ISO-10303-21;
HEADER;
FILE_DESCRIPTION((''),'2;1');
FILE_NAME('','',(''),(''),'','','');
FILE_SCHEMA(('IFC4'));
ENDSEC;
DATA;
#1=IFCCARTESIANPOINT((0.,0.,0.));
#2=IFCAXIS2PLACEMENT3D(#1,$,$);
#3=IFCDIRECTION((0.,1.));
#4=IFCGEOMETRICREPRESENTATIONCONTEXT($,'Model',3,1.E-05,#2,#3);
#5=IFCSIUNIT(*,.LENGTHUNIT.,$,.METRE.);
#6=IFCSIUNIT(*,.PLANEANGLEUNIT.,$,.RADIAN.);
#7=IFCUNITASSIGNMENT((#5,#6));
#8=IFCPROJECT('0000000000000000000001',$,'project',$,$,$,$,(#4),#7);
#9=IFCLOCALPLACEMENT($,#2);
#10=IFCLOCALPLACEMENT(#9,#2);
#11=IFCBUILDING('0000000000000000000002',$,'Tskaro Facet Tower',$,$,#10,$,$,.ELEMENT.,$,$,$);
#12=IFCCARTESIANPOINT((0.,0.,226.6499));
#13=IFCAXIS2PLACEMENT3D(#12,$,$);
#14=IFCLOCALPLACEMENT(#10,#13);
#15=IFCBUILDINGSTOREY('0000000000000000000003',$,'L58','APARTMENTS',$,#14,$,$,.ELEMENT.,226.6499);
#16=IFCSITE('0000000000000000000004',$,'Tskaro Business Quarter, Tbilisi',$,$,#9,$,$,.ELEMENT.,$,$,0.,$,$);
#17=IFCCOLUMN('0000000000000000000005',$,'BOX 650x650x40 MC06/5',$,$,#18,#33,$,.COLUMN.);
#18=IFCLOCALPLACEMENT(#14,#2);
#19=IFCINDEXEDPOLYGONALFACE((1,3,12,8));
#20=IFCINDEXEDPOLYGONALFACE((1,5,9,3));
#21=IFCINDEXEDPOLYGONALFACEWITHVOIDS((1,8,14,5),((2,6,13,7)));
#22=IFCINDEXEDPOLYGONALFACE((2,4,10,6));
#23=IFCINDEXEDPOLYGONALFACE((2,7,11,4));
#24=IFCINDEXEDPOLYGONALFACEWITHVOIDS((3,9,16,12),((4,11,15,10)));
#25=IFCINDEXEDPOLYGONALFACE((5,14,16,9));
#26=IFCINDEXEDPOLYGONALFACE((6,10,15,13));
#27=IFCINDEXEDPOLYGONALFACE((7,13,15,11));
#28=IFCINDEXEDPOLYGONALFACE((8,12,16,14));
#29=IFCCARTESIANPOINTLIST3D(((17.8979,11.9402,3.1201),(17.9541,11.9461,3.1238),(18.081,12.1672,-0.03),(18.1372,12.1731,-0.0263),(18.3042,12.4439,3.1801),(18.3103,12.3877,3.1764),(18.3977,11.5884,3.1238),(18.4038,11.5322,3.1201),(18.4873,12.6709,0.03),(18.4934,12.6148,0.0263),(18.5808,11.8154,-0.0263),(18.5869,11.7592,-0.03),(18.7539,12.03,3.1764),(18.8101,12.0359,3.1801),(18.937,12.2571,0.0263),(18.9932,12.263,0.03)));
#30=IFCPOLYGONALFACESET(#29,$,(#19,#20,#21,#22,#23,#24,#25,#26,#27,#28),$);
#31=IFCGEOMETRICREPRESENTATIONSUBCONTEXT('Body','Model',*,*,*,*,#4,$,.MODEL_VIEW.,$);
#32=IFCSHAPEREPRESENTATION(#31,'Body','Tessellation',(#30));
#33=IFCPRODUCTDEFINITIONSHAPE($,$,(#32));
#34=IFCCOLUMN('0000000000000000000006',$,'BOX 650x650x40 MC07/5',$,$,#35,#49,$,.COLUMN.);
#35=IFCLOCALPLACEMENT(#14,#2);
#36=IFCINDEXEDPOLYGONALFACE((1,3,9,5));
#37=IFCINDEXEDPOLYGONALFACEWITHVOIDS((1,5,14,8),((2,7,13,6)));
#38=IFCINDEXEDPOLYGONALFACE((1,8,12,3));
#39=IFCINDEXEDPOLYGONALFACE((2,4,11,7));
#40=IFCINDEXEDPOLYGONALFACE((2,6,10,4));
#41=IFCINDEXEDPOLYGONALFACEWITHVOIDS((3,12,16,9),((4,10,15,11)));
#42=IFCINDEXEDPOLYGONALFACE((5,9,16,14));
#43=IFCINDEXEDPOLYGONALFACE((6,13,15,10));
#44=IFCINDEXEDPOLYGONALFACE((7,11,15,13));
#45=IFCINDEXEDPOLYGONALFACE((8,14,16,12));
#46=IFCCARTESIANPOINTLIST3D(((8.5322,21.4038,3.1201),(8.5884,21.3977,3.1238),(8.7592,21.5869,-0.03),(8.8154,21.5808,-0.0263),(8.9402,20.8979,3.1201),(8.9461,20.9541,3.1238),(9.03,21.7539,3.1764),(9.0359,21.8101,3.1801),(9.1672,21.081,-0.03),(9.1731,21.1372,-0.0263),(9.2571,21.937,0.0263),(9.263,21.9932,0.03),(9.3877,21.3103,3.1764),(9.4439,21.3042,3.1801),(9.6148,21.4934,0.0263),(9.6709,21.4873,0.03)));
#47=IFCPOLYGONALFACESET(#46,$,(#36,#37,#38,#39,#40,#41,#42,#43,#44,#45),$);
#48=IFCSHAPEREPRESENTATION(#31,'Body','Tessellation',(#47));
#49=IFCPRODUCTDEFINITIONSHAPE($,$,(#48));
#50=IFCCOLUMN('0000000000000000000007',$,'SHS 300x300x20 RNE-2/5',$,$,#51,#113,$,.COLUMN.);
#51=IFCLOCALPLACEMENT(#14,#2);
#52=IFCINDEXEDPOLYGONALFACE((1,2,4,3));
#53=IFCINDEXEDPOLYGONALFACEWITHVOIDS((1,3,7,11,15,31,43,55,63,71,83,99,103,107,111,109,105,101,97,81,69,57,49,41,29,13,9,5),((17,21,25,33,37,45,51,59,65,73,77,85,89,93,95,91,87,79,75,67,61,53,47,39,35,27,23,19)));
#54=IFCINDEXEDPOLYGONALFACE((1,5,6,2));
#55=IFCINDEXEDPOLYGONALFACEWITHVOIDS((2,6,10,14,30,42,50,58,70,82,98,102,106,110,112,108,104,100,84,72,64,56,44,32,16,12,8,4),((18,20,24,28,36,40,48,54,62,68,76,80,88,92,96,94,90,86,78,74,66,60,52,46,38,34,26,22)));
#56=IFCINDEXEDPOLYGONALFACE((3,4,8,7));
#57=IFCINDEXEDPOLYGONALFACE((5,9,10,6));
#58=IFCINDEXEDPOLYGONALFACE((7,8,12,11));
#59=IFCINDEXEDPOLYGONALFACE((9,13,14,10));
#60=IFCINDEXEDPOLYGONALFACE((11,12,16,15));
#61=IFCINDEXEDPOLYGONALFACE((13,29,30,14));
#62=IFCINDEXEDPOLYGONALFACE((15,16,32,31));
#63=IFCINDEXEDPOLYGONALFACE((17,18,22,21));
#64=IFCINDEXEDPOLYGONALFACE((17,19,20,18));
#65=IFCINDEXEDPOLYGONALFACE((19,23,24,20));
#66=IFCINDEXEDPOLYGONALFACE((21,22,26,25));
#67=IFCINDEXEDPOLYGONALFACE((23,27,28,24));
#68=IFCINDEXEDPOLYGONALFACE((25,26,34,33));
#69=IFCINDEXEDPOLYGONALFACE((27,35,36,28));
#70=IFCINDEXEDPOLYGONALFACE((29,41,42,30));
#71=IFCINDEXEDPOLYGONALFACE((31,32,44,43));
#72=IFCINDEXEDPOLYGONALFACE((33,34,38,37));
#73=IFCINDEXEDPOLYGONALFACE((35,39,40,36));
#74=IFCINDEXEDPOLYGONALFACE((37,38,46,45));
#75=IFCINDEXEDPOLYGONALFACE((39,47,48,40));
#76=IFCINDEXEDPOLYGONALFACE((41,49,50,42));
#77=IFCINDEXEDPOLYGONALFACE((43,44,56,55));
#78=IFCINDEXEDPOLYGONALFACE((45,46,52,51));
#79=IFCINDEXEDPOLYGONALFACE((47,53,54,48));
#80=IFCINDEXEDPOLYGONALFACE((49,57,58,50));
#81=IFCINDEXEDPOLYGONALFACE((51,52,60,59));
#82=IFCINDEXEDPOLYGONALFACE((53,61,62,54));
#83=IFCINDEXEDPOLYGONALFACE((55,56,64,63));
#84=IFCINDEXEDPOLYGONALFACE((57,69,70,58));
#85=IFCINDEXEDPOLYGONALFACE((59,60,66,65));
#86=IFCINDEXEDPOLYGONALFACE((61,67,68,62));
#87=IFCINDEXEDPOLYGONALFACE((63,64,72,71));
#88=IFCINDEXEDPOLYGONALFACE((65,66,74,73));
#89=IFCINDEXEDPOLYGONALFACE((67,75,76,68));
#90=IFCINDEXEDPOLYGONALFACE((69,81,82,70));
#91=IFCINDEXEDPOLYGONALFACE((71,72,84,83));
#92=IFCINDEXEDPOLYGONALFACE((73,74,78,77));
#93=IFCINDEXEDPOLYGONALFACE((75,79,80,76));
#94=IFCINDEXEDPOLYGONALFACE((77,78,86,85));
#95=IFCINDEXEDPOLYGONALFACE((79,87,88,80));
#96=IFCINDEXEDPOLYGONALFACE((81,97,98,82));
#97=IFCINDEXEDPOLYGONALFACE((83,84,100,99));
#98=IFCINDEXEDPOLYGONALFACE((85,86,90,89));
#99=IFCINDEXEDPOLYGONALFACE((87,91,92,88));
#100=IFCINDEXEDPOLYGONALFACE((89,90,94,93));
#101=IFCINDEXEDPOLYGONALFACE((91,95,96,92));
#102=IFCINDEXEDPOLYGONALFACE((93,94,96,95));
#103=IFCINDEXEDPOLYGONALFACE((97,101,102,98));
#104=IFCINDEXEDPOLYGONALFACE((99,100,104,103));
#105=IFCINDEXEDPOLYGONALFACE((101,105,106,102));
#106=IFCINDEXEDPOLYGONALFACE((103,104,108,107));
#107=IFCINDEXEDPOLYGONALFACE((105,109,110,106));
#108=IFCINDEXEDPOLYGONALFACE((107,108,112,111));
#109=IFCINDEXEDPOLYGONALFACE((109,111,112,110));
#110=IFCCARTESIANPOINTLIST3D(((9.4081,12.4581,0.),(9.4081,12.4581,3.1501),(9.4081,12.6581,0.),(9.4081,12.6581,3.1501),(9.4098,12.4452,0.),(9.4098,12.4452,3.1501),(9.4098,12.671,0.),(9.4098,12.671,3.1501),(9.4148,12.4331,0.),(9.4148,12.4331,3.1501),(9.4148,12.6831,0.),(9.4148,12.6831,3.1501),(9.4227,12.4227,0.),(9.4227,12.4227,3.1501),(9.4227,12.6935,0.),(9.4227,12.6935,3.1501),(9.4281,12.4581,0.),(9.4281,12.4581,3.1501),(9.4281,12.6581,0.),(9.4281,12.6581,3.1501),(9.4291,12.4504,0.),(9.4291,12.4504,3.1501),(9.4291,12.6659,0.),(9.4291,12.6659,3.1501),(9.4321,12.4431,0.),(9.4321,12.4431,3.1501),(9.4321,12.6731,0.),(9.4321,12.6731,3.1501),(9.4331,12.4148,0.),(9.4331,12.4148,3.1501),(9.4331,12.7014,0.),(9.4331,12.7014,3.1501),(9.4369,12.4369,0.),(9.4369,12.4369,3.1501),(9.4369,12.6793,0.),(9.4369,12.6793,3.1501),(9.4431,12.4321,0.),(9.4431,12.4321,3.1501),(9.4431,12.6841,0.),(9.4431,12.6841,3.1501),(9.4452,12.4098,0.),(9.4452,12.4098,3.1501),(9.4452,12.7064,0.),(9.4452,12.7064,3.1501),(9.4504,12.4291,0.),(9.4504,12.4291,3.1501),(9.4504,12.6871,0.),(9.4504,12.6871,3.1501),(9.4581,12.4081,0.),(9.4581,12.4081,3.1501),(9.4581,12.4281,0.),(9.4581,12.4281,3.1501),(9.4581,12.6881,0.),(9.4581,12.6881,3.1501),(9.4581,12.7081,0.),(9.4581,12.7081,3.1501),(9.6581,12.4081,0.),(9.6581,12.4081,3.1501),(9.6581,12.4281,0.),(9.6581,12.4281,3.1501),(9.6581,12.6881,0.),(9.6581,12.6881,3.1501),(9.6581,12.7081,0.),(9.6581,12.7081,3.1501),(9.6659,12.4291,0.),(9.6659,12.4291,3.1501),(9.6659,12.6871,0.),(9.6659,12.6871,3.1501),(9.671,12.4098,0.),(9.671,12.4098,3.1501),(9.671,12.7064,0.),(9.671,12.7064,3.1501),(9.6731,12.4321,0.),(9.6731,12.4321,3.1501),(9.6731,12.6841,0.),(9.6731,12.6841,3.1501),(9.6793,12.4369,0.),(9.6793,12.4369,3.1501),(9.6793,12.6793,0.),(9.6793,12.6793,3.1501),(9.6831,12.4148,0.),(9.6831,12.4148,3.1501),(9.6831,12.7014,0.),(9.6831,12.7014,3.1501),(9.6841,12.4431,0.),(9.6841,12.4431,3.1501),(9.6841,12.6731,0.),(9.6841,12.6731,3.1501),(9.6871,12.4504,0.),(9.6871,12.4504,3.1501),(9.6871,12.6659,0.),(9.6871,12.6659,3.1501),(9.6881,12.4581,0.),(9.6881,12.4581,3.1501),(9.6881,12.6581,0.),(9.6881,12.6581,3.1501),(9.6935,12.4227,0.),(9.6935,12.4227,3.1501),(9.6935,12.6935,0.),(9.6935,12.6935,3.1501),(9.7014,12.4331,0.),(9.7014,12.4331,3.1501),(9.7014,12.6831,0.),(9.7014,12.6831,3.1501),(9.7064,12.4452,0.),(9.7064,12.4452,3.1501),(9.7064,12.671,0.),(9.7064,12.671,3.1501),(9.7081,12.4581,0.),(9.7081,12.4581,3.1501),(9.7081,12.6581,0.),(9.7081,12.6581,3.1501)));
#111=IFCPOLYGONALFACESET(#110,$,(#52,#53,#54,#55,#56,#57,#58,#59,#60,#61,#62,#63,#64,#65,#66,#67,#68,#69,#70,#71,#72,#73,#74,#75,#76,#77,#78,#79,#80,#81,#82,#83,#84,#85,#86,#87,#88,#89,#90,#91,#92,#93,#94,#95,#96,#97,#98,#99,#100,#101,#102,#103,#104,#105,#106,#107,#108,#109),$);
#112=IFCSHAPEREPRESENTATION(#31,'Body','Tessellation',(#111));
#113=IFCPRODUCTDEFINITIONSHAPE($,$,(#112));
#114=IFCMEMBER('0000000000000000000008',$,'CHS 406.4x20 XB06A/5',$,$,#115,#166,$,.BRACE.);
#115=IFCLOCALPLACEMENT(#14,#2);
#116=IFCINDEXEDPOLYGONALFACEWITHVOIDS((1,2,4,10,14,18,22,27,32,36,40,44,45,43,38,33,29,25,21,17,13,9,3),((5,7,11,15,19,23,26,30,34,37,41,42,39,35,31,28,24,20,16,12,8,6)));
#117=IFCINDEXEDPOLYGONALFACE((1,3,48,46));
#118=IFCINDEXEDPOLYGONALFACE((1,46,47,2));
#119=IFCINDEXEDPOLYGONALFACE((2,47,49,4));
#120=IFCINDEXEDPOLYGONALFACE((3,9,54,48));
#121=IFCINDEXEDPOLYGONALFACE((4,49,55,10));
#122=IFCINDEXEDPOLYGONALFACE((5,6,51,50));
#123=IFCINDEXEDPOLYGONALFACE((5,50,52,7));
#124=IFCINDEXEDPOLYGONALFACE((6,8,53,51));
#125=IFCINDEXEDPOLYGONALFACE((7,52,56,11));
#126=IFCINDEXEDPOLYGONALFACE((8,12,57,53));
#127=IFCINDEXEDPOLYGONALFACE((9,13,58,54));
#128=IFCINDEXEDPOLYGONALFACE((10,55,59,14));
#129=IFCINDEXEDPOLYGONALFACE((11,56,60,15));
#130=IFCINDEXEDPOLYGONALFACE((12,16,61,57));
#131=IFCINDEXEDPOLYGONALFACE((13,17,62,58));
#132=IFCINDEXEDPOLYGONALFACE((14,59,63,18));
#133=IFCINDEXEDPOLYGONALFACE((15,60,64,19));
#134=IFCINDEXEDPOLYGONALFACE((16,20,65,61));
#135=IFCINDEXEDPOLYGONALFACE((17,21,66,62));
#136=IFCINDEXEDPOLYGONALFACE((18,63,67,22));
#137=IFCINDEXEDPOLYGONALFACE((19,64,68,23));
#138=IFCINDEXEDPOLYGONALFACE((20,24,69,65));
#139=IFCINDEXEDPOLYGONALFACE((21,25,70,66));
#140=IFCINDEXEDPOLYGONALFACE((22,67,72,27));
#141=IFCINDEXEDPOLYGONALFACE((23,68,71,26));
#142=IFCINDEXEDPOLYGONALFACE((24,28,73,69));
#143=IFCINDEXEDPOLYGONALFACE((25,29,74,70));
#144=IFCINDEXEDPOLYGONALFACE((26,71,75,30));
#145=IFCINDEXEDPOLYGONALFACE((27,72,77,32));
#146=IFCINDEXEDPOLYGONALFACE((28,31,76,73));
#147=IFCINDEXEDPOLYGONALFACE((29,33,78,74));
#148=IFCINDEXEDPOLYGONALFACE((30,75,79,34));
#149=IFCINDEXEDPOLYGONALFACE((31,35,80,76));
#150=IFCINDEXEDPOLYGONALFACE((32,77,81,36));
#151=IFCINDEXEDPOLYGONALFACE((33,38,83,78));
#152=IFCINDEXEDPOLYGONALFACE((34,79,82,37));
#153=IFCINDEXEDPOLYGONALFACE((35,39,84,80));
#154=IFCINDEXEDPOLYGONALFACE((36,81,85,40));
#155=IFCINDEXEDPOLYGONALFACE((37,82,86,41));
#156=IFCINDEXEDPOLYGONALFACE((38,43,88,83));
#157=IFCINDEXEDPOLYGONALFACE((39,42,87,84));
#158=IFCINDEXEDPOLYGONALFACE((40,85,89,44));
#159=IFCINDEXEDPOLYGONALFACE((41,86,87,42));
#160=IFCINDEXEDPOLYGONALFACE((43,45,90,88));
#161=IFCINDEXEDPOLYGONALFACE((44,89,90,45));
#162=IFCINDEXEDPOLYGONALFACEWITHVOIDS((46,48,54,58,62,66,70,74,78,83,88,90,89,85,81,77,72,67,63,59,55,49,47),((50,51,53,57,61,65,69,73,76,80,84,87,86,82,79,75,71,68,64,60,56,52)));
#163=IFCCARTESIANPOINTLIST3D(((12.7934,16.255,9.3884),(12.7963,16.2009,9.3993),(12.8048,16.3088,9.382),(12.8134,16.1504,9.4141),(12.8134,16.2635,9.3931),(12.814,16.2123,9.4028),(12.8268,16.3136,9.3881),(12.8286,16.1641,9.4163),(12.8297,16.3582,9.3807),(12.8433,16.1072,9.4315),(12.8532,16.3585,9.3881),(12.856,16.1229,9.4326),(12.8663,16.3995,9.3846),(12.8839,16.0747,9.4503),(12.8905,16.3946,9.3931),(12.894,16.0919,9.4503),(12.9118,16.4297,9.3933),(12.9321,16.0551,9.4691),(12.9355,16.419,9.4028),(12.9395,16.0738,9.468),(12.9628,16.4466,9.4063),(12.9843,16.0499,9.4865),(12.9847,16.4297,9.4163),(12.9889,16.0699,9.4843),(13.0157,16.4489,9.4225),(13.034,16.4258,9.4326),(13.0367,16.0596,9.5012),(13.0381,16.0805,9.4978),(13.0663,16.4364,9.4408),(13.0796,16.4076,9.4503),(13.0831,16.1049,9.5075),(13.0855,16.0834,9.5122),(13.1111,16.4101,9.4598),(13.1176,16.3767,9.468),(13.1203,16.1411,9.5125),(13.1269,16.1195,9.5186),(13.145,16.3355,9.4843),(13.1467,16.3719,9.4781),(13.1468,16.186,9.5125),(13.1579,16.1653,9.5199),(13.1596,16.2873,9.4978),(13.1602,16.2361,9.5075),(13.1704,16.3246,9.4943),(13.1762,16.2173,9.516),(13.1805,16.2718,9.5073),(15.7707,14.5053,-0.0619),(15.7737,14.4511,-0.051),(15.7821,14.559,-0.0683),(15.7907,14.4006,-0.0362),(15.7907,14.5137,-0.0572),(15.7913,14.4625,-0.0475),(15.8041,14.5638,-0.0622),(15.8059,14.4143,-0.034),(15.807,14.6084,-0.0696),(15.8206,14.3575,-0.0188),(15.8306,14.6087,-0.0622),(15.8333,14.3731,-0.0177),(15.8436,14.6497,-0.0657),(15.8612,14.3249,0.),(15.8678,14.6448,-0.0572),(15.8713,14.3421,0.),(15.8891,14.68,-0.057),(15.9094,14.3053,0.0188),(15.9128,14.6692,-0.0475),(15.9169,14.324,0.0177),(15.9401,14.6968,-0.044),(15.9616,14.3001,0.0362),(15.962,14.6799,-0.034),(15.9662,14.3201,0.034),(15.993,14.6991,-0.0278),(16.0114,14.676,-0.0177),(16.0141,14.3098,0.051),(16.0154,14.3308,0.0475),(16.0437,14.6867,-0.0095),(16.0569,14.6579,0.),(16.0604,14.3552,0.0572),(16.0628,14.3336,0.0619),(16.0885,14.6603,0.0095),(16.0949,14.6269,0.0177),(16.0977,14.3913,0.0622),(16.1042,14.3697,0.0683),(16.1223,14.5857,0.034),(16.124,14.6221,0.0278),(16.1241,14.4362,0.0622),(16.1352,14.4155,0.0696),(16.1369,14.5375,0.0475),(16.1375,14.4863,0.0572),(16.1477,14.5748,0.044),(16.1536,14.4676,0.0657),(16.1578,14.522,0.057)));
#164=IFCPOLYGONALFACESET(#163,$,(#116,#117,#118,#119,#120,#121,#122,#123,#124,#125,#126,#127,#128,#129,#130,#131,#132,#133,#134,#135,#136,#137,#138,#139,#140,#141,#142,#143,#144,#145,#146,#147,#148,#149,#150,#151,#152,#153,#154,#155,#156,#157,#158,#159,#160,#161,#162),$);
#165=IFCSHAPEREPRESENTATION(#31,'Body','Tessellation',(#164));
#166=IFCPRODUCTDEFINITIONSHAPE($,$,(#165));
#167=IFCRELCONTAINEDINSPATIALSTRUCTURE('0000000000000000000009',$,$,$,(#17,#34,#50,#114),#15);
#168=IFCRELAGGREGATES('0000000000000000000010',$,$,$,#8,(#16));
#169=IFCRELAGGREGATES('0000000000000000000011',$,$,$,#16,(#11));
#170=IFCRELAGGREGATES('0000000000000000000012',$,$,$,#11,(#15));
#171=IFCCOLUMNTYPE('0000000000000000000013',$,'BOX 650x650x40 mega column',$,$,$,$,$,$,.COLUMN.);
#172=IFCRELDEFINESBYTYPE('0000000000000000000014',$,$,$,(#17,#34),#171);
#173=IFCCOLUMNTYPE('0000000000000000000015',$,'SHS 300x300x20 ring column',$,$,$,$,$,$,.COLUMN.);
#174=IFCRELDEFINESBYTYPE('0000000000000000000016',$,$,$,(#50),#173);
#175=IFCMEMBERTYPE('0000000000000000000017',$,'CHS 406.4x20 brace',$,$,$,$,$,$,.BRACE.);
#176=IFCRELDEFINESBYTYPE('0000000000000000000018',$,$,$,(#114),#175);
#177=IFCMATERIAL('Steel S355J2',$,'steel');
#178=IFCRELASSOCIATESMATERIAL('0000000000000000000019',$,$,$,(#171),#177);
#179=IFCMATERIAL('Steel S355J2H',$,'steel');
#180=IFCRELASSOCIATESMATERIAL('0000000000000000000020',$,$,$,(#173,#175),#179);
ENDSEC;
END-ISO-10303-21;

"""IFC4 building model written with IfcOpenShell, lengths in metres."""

from ifc_helpers import new_model, si_unit, direction, frame, origin, origin_2d, place, context, subcontext, project, spatial, hollow_rectangle, hollow_circle, extrude, material, material_profile, profile_set, type_object, element, save


model = new_model("IFC4")

# Units and contexts
model_context = context("Model", 3, precision=1e-05, world=origin(), true_north=direction((0.0, 1.0)))
body_context = subcontext(model_context, "Body", "Model", "MODEL_VIEW")
ifc_project = project(units=[si_unit("LENGTHUNIT", "METRE"), si_unit("PLANEANGLEUNIT", "RADIAN")], contexts=[model_context])

# Site, building, storey
site_placement = place(None, origin())
site = spatial("IfcSite", under=ifc_project, at=site_placement, Name="Tskaro Business Quarter, Tbilisi", CompositionType="ELEMENT", RefElevation=0.0)
building_placement = place(site_placement, origin())
building = spatial("IfcBuilding", under=site, at=building_placement, Name="Tskaro Facet Tower", CompositionType="ELEMENT")
storey_placement = place(building_placement, frame((0.0, 0.0, 226.6499)))
storey = spatial("IfcBuildingStorey", under=building, at=storey_placement, Name="L58", Description="APARTMENTS", CompositionType="ELEMENT", Elevation=226.6499)

# Columns
ifc_material_1 = material(Name="Steel S355J2", Category="steel")
ifc_material_profile_1 = material_profile(ifc_material_1, hollow_rectangle(XDim=0.6499, YDim=0.6499, WallThickness=0.04, at=origin_2d()), Name="BOX 650x650x40")
ifc_profile_set_1 = profile_set([ifc_material_profile_1], Name="Steel S355J2")
column_type_1 = type_object("IfcColumnType", Name="BOX 650x650x40 mega column", PredefinedType="COLUMN", material=ifc_profile_set_1)
for number, where, z_axis, x_axis, name in (
    (1, (18.5371, 12.2151, 0.0), (-0.057878, -0.071769, 0.995741), (0.778413, -0.627752, 0.0), "BOX 650x650x40 MC06/5"),
    (2, (9.2151, 21.5371, 0.0), (-0.071769, -0.057878, 0.995741), (0.627752, -0.778413, 0.0), "BOX 650x650x40 MC07/5"),
):
    element("IfcColumn", number, at=place(storey_placement, frame(where, z_axis=z_axis, x_axis=x_axis)), inside=storey, type_object=column_type_1, Name=name, PredefinedType="COLUMN", context=body_context, shape_type="SweptSolid", body=[
        extrude(hollow_rectangle(XDim=0.6499, YDim=0.6499, WallThickness=0.04, at=origin_2d()), origin(), (0.0, 0.0, 1.0), 3.1636),
    ])
ifc_material_2 = material(Name="Steel S355J2H", Category="steel")
ifc_material_profile_2 = material_profile(ifc_material_2, hollow_rectangle(XDim=0.3, YDim=0.3, WallThickness=0.02, InnerFilletRadius=0.03, OuterFilletRadius=0.05, at=origin_2d()), Name="SHS 300x300x20")
ifc_profile_set_2 = profile_set([ifc_material_profile_2], Name="Steel S355J2H")
column_type_2 = type_object("IfcColumnType", Name="SHS 300x300x20 ring column", PredefinedType="COLUMN", material=ifc_profile_set_2)
column_placement = place(storey_placement, frame((9.5581, 12.5581, 0.0), z_axis=(0.0, 0.0, 1.0), x_axis=(1.0, 0.0, 0.0)))
element("IfcColumn", 3, at=column_placement, inside=storey, type_object=column_type_2, Name="SHS 300x300x20 RNE-2/5", PredefinedType="COLUMN", context=body_context, shape_type="SweptSolid", body=[
    extrude(hollow_rectangle(XDim=0.3, YDim=0.3, WallThickness=0.02, InnerFilletRadius=0.03, OuterFilletRadius=0.05, at=origin_2d()), origin(), (0.0, 0.0, 1.0), 3.1501),
])

# Member
ifc_material_profile_3 = material_profile(ifc_material_2, hollow_circle(Radius=0.2031, WallThickness=0.02, at=origin_2d()), Name="CHS 406.4x20")
ifc_profile_set_3 = profile_set([ifc_material_profile_3], Name="Steel S355J2H")
member_type_1 = type_object("IfcMemberType", Name="CHS 406.4x20 brace", PredefinedType="BRACE", material=ifc_profile_set_3)
for number, where, z_axis, x_axis, name in (
    (4, (15.9641, 14.5, 0.0), (-0.295912, 0.173907, 0.939251), (-0.506677, -0.862136, 0.0), "CHS 406.4x20 XB06A/5"),
):
    element("IfcMember", number, at=place(storey_placement, frame(where, z_axis=z_axis, x_axis=x_axis)), inside=storey, type_object=member_type_1, Name=name, PredefinedType="BRACE", context=body_context, shape_type="SweptSolid", body=[
        extrude(hollow_circle(Radius=0.2031, WallThickness=0.02, at=origin_2d()), origin(), (0.0, 0.0, 1.0), 10.0615),
    ])

save(model, "model.ifc")
